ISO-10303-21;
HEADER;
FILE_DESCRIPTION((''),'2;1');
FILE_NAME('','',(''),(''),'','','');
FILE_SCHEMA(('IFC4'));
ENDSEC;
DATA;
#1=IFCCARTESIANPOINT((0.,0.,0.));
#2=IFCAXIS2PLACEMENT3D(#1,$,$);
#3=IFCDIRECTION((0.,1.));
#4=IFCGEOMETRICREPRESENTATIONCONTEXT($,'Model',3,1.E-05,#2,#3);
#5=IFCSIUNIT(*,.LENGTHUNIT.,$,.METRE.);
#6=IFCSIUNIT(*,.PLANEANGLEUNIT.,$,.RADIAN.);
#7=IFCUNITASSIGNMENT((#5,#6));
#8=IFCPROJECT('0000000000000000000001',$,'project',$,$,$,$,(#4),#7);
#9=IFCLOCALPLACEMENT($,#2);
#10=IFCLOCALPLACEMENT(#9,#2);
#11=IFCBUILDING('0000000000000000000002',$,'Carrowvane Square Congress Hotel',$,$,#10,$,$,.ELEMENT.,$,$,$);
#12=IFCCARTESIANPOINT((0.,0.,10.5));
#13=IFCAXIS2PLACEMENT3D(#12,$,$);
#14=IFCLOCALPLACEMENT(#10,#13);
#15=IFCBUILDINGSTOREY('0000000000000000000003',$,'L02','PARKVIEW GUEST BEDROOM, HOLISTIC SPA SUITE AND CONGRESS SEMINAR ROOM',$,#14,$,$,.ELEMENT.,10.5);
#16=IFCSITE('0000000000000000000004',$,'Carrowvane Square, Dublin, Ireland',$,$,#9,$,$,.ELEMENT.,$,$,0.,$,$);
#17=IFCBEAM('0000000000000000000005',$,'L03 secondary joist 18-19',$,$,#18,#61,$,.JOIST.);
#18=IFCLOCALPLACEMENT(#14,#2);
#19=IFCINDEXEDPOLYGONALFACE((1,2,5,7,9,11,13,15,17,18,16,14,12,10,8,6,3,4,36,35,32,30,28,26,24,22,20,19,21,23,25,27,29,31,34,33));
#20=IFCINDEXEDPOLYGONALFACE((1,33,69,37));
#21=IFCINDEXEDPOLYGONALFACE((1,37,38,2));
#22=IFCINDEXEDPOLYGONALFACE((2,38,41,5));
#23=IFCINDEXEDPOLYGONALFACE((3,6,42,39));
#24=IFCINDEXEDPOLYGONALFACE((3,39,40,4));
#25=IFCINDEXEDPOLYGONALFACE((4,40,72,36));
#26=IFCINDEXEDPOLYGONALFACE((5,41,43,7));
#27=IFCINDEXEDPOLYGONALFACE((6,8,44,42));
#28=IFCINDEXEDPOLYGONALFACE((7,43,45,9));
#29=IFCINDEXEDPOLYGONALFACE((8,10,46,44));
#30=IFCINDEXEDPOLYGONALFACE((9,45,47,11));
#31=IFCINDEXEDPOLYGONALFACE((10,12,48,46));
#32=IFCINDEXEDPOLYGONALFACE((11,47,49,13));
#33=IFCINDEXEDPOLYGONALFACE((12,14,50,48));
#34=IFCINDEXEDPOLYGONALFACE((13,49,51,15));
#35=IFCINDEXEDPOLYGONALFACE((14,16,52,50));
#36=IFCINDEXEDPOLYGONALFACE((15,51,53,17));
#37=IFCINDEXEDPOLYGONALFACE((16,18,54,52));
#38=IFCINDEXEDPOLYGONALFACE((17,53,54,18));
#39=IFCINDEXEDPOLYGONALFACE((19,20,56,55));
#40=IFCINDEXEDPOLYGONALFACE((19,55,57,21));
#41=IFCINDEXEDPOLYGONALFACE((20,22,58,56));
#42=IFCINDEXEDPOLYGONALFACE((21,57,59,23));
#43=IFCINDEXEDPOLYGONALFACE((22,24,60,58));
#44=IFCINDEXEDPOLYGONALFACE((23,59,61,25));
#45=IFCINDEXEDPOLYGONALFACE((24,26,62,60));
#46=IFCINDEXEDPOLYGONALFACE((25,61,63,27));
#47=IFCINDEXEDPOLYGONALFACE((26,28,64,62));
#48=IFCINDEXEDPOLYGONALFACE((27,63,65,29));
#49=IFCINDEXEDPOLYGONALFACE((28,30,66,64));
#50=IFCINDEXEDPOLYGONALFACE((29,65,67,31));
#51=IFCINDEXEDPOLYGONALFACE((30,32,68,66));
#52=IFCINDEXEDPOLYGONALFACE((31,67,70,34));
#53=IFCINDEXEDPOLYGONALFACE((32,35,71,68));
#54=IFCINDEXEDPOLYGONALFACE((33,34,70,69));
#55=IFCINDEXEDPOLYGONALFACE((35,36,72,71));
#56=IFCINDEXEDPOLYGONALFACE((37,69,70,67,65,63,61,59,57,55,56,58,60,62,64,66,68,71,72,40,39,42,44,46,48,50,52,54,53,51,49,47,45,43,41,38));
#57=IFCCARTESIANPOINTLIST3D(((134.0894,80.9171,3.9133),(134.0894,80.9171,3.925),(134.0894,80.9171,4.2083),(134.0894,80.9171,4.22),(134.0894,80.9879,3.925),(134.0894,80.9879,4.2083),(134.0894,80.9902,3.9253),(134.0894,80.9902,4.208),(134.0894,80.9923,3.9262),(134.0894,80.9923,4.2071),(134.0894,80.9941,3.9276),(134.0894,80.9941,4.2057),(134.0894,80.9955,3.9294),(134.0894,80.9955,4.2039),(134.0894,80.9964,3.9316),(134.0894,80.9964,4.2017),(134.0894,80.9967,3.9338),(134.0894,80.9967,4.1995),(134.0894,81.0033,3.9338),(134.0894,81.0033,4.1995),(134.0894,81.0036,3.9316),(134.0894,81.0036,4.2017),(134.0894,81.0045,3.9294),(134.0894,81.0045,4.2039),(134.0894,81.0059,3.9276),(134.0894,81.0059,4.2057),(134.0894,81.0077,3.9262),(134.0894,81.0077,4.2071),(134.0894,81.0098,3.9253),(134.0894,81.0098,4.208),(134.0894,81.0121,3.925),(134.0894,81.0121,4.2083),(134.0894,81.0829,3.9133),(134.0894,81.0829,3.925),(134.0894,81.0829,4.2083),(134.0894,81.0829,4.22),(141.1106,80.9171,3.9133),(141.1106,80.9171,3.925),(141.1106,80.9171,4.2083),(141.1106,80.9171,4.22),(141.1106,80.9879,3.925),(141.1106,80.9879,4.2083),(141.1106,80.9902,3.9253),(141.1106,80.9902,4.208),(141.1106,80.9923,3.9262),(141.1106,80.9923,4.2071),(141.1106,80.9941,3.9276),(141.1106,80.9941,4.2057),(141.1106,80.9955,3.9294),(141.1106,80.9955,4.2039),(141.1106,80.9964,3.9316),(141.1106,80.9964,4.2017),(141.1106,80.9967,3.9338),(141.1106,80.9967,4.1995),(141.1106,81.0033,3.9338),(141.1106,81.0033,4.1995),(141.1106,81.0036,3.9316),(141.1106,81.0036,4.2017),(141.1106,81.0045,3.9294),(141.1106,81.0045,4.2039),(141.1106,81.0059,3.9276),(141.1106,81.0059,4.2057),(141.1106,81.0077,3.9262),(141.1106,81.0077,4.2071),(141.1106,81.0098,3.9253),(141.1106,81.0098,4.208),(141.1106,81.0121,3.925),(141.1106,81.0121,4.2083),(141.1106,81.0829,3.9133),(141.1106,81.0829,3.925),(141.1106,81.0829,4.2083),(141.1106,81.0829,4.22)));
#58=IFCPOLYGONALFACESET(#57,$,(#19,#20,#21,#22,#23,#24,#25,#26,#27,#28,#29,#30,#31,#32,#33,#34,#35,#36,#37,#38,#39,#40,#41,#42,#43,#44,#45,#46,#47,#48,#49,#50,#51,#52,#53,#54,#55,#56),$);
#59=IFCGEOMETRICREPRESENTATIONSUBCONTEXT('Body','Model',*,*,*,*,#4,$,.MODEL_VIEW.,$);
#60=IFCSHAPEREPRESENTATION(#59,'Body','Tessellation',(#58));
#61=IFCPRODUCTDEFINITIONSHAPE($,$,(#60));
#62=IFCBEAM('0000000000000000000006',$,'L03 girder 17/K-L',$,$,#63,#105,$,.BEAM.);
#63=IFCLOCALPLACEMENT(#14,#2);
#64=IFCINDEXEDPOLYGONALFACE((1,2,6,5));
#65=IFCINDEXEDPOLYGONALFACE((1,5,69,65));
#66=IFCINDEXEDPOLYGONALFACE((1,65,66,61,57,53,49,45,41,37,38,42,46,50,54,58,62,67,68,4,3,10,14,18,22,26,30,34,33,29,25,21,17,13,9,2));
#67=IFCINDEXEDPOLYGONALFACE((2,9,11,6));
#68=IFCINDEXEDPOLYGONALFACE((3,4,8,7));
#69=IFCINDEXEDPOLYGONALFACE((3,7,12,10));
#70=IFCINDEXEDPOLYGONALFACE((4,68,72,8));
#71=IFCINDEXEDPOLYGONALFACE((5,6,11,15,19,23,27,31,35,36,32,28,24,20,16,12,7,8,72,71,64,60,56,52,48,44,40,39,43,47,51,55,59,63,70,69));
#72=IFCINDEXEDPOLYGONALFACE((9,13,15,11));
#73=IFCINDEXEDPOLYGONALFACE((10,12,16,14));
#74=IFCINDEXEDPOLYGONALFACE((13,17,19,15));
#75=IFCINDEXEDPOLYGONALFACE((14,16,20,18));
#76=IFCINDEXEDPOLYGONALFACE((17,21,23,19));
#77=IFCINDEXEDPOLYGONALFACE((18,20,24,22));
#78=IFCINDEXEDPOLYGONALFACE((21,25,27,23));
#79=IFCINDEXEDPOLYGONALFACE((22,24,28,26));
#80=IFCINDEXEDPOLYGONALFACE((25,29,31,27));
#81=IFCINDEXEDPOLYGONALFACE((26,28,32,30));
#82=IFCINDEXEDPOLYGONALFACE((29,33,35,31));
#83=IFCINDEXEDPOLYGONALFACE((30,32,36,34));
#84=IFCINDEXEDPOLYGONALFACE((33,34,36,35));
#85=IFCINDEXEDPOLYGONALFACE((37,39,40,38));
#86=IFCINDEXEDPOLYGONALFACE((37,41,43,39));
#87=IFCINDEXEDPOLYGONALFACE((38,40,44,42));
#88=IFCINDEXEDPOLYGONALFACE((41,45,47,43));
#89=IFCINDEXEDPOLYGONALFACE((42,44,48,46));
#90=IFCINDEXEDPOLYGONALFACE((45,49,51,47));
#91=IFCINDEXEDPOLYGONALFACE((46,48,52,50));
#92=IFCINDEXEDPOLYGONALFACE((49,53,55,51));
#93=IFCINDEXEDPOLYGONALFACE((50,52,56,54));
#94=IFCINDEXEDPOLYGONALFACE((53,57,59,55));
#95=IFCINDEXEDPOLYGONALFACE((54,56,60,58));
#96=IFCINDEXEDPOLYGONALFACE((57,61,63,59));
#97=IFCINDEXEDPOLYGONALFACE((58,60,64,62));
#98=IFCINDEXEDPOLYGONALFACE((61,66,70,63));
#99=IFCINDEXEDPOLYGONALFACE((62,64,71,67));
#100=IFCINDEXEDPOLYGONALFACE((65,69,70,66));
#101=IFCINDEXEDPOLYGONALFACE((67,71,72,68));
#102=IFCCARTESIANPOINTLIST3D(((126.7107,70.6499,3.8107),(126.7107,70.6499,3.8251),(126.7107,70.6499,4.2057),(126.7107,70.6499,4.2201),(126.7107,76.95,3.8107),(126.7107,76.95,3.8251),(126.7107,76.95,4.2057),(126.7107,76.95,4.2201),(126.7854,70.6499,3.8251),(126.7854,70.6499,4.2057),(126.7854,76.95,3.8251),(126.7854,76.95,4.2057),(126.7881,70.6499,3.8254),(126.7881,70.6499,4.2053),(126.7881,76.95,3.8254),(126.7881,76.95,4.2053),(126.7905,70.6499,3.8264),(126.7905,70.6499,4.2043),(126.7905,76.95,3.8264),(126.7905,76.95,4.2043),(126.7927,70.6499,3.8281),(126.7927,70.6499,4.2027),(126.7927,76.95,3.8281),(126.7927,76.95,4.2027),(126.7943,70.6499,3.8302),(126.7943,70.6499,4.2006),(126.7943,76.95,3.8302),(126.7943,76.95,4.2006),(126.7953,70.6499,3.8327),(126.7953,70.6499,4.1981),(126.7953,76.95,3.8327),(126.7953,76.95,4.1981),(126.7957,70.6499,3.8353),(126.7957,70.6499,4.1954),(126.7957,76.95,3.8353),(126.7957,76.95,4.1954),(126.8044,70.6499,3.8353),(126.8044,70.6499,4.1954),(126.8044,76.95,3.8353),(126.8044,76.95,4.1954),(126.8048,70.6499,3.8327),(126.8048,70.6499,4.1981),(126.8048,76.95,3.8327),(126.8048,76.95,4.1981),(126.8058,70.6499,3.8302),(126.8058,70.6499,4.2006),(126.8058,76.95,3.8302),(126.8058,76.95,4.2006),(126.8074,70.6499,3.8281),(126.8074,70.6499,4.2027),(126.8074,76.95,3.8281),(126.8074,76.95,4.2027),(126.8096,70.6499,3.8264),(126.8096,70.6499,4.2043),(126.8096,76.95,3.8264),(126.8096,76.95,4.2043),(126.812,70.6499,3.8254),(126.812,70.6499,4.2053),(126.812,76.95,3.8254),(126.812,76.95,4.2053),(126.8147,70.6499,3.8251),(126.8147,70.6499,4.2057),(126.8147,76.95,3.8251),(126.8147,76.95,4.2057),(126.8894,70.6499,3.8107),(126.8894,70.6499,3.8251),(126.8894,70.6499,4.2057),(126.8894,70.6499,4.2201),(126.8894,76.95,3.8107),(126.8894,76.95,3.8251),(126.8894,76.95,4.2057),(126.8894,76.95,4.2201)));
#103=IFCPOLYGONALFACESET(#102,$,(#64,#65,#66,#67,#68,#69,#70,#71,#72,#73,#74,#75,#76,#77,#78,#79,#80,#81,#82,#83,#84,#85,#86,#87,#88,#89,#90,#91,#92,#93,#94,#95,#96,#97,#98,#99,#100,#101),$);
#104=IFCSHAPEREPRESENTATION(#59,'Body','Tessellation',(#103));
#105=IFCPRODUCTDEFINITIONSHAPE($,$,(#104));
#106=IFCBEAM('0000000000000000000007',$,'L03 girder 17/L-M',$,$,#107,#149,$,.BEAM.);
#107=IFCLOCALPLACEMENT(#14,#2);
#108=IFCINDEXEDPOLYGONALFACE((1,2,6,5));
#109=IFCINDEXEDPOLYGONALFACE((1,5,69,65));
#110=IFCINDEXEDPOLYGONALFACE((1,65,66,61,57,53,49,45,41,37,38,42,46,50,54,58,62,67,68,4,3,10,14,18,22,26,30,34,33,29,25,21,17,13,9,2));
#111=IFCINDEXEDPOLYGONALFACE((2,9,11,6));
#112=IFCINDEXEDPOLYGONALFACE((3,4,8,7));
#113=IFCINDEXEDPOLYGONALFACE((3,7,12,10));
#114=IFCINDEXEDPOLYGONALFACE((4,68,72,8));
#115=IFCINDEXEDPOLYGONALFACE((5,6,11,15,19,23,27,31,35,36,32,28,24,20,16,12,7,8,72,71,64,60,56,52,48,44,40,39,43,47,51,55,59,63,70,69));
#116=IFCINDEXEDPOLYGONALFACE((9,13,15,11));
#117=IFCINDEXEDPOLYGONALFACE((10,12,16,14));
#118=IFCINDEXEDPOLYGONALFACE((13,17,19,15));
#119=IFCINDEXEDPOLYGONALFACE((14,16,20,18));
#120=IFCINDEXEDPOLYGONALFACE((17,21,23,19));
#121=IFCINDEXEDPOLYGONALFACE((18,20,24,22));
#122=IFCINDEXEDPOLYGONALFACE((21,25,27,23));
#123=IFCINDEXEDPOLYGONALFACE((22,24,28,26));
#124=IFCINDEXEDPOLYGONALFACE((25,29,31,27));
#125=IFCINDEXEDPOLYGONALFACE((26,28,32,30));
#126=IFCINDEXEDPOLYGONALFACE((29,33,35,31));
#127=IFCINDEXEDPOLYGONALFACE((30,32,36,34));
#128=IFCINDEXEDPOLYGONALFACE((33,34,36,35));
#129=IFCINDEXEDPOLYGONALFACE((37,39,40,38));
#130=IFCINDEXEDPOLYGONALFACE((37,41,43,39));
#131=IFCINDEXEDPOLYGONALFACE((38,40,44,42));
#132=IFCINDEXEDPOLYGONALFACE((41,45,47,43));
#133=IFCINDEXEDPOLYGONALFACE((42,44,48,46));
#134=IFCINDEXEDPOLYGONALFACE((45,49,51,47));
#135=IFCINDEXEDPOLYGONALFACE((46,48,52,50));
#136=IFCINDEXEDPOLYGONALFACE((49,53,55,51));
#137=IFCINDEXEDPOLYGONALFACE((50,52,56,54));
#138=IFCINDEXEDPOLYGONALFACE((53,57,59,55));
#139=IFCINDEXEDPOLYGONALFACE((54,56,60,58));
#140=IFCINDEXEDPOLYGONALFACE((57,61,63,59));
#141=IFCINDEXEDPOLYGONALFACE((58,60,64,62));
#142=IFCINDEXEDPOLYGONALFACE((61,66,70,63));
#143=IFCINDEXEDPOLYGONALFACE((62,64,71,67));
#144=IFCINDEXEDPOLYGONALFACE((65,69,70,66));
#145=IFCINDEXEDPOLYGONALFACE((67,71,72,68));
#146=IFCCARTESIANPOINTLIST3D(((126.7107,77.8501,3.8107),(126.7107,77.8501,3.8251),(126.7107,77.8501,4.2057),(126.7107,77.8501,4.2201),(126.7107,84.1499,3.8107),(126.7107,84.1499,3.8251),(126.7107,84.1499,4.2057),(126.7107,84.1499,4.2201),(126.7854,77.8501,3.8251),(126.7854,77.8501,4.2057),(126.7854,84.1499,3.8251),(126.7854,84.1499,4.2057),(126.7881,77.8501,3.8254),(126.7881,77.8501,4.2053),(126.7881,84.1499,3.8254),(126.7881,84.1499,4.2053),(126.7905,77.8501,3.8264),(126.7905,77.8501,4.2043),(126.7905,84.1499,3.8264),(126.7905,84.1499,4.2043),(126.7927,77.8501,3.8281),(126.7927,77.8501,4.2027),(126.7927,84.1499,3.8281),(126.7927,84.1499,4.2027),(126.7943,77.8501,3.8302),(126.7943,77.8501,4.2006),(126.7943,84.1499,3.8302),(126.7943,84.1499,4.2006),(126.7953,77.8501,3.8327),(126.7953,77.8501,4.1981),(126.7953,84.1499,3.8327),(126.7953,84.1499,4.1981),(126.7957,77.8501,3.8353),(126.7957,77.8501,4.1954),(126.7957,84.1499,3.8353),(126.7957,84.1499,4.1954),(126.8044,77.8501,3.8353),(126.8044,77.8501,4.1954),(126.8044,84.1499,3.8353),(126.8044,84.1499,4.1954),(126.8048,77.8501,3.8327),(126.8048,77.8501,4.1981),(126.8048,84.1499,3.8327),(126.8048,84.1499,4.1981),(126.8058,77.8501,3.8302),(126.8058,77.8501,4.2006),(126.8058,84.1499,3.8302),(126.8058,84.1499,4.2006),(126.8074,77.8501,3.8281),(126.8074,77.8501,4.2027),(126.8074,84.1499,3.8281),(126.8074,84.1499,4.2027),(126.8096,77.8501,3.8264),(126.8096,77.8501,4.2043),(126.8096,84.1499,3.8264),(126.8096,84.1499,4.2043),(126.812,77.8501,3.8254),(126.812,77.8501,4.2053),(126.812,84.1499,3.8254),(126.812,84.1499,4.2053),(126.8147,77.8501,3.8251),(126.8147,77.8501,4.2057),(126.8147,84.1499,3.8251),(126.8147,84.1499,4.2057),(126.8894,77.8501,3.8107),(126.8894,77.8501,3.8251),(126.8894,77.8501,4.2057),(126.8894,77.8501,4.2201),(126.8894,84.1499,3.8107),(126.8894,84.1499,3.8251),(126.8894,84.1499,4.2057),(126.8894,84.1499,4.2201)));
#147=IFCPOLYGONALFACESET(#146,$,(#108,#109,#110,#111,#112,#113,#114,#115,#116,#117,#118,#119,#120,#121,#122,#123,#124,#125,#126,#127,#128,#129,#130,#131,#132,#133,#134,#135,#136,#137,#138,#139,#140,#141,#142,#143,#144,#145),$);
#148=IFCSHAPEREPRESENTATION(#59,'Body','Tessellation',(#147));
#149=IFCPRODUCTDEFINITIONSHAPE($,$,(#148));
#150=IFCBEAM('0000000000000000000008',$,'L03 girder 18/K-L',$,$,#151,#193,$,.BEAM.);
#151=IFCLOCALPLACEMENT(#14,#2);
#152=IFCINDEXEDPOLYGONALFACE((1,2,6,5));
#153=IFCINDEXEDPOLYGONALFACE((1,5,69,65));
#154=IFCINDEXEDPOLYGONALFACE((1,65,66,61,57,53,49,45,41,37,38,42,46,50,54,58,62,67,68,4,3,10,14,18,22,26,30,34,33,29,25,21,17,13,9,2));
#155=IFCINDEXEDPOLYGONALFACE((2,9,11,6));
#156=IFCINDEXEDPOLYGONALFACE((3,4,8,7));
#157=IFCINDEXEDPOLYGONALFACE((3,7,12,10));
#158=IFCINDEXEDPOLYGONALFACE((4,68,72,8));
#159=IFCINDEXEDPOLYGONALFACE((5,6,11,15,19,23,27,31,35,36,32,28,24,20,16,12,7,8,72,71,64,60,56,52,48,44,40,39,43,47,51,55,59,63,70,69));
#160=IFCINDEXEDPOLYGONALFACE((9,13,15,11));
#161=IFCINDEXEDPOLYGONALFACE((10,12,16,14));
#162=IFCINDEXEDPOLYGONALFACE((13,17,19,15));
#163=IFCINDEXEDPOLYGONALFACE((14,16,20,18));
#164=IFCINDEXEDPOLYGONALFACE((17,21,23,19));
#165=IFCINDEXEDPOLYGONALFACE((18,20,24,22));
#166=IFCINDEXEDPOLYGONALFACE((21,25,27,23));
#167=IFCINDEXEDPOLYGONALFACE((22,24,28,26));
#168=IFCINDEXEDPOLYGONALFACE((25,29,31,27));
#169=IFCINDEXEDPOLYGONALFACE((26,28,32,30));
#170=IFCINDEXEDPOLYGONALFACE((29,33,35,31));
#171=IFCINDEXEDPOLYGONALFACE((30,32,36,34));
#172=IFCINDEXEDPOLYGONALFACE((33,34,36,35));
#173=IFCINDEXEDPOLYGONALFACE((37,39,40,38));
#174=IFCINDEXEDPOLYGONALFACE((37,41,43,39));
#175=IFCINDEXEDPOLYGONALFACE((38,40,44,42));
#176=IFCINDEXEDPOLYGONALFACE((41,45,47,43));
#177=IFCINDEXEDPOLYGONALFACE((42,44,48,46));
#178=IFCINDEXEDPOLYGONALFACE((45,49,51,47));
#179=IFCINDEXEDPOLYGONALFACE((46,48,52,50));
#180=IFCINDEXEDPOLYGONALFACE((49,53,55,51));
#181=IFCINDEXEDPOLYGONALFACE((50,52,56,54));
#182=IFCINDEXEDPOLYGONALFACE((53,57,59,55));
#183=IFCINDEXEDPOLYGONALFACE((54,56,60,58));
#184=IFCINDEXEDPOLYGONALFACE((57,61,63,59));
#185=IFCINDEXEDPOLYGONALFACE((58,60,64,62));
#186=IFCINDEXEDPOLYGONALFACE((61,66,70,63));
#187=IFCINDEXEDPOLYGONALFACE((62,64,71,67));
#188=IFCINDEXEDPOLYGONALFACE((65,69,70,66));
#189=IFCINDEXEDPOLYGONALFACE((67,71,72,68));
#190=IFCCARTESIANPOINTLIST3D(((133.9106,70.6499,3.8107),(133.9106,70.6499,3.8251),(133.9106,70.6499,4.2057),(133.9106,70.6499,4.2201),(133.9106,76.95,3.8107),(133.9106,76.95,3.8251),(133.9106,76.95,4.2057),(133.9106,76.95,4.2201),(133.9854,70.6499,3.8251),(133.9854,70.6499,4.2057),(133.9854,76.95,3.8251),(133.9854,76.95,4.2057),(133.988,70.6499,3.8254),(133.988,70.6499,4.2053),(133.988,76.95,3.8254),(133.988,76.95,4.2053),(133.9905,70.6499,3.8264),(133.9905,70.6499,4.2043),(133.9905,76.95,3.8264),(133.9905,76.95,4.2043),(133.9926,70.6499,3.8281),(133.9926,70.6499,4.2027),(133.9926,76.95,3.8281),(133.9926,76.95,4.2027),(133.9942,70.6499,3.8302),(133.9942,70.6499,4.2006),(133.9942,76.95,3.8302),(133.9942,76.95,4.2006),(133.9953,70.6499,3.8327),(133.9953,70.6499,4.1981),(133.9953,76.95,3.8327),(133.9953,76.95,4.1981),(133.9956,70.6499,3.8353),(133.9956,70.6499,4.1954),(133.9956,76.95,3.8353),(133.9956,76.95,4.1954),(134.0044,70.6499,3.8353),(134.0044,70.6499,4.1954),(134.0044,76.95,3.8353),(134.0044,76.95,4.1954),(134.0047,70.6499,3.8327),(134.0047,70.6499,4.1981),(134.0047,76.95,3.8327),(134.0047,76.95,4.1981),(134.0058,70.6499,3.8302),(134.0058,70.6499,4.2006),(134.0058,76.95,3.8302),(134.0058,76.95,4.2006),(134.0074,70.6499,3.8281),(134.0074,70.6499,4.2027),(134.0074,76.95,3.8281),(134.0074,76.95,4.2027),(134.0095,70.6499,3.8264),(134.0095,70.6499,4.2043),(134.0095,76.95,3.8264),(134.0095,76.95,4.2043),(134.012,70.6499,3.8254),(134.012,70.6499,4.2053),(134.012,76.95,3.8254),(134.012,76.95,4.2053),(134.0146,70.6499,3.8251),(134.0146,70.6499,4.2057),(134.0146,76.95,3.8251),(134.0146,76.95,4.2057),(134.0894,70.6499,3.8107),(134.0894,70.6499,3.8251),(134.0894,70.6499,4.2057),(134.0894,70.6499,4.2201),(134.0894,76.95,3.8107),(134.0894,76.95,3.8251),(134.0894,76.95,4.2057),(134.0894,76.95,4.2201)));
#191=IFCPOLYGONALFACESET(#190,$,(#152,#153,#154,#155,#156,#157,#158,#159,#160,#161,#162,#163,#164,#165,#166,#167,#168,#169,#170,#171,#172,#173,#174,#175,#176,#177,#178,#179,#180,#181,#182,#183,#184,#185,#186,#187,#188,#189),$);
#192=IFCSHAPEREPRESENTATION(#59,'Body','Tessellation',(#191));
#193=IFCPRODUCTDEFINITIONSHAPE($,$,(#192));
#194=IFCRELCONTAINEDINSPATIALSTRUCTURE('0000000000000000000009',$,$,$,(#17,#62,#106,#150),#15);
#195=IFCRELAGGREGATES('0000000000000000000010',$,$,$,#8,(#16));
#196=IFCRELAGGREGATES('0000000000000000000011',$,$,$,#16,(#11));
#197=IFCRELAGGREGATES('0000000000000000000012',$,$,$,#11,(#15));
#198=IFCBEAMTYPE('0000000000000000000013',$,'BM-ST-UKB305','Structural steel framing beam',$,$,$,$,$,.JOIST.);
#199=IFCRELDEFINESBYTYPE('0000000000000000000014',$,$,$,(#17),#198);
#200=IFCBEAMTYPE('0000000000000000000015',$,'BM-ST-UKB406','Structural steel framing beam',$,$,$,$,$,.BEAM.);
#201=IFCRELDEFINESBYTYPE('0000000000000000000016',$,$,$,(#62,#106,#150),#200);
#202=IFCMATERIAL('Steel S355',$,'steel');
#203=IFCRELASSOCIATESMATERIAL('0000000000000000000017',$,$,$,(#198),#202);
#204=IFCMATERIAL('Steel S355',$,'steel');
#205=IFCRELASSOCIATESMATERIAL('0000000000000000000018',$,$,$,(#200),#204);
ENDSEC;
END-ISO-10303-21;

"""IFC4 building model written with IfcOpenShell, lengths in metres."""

from ifc_helpers import new_model, si_unit, direction, frame, origin, origin_2d, place, context, subcontext, project, spatial, i_section, extrude, material, material_profile, profile_set, type_object, element, save


model = new_model("IFC4")

# Units and contexts
model_context = context("Model", 3, precision=1e-05, world=origin(), true_north=direction((0.0, 1.0)))
body_context = subcontext(model_context, "Body", "Model", "MODEL_VIEW")
ifc_project = project(units=[si_unit("LENGTHUNIT", "METRE"), si_unit("PLANEANGLEUNIT", "RADIAN")], contexts=[model_context])

# Site, building, storey
site_placement = place(None, origin())
site = spatial("IfcSite", under=ifc_project, at=site_placement, Name="Carrowvane Square, Dublin, Ireland", CompositionType="ELEMENT", RefElevation=0.0)
building_placement = place(site_placement, origin())
building = spatial("IfcBuilding", under=site, at=building_placement, Name="Carrowvane Square Congress Hotel", CompositionType="ELEMENT")
storey_placement = place(building_placement, frame((0.0, 0.0, 10.5)))
storey = spatial("IfcBuildingStorey", under=building, at=storey_placement, Name="L02", Description="PARKVIEW GUEST BEDROOM, HOLISTIC SPA SUITE AND CONGRESS SEMINAR ROOM", CompositionType="ELEMENT", Elevation=10.5)

# Beams
ifc_material_1 = material(Name="Steel S355", Category="steel")
ifc_material_profile_1 = material_profile(ifc_material_1, i_section(OverallWidth=0.1658, OverallDepth=0.3066, WebThickness=0.0066, FlangeThickness=0.0117, FilletRadius=0.0088, at=origin_2d()), Name="UKB 305x165x46")
ifc_profile_set_1 = profile_set([ifc_material_profile_1], Name="Steel S355")
beam_type_1 = type_object("IfcBeamType", Name="BM-ST-UKB305", Description="Structural steel framing beam", PredefinedType="JOIST", material=ifc_profile_set_1)
for number, where, z_axis, x_axis, name in (
    (1, (134.0894, 81.0, 4.0667), (1.0, 0.0, 0.0), (0.0, 1.0, 0.0), "L03 secondary joist 18-19"),
):
    element("IfcBeam", number, at=place(storey_placement, frame(where, z_axis=z_axis, x_axis=x_axis)), inside=storey, type_object=beam_type_1, Name=name, PredefinedType="JOIST", context=body_context, shape_type="SweptSolid", body=[
        extrude(i_section(OverallWidth=0.1658, OverallDepth=0.3066, WebThickness=0.0066, FlangeThickness=0.0117, FilletRadius=0.0088, at=origin_2d()), origin(), (0.0, 0.0, 1.0), 7.0212),
    ])
ifc_material_2 = material(Name="Steel S355", Category="steel")
ifc_material_profile_2 = material_profile(ifc_material_2, i_section(OverallWidth=0.1787, OverallDepth=0.4094, WebThickness=0.0088, FlangeThickness=0.0144, FilletRadius=0.0103, at=origin_2d()), Name="UKB 406x178x67")
ifc_profile_set_2 = profile_set([ifc_material_profile_2], Name="Steel S355")
beam_type_2 = type_object("IfcBeamType", Name="BM-ST-UKB406", Description="Structural steel framing beam", PredefinedType="BEAM", material=ifc_profile_set_2)
beam_1_placement = place(storey_placement, frame((126.8, 70.6499, 4.0154), z_axis=(0.0, 1.0, 0.0), x_axis=(-1.0, 0.0, 0.0)))
element("IfcBeam", 2, at=beam_1_placement, inside=storey, type_object=beam_type_2, Name="L03 girder 17/K-L", PredefinedType="BEAM", context=body_context, shape_type="SweptSolid", body=[
    extrude(i_section(OverallWidth=0.1787, OverallDepth=0.4094, WebThickness=0.0088, FlangeThickness=0.0144, FilletRadius=0.0103, at=origin_2d()), origin(), (0.0, 0.0, 1.0), 6.3),
])
beam_2_placement = place(storey_placement, frame((126.8, 77.8501, 4.0154), z_axis=(0.0, 1.0, 0.0), x_axis=(-1.0, 0.0, 0.0)))
element("IfcBeam", 3, at=beam_2_placement, inside=storey, type_object=beam_type_2, Name="L03 girder 17/L-M", PredefinedType="BEAM", context=body_context, shape_type="SweptSolid", body=[
    extrude(i_section(OverallWidth=0.1787, OverallDepth=0.4094, WebThickness=0.0088, FlangeThickness=0.0144, FilletRadius=0.0103, at=origin_2d()), origin(), (0.0, 0.0, 1.0), 6.2998),
])
beam_3_placement = place(storey_placement, frame((134.0, 70.6499, 4.0154), z_axis=(0.0, 1.0, 0.0), x_axis=(-1.0, 0.0, 0.0)))
element("IfcBeam", 4, at=beam_3_placement, inside=storey, type_object=beam_type_2, Name="L03 girder 18/K-L", PredefinedType="BEAM", context=body_context, shape_type="SweptSolid", body=[
    extrude(i_section(OverallWidth=0.1787, OverallDepth=0.4094, WebThickness=0.0088, FlangeThickness=0.0144, FilletRadius=0.0103, at=origin_2d()), origin(), (0.0, 0.0, 1.0), 6.3),
])

save(model, "model.ifc")
